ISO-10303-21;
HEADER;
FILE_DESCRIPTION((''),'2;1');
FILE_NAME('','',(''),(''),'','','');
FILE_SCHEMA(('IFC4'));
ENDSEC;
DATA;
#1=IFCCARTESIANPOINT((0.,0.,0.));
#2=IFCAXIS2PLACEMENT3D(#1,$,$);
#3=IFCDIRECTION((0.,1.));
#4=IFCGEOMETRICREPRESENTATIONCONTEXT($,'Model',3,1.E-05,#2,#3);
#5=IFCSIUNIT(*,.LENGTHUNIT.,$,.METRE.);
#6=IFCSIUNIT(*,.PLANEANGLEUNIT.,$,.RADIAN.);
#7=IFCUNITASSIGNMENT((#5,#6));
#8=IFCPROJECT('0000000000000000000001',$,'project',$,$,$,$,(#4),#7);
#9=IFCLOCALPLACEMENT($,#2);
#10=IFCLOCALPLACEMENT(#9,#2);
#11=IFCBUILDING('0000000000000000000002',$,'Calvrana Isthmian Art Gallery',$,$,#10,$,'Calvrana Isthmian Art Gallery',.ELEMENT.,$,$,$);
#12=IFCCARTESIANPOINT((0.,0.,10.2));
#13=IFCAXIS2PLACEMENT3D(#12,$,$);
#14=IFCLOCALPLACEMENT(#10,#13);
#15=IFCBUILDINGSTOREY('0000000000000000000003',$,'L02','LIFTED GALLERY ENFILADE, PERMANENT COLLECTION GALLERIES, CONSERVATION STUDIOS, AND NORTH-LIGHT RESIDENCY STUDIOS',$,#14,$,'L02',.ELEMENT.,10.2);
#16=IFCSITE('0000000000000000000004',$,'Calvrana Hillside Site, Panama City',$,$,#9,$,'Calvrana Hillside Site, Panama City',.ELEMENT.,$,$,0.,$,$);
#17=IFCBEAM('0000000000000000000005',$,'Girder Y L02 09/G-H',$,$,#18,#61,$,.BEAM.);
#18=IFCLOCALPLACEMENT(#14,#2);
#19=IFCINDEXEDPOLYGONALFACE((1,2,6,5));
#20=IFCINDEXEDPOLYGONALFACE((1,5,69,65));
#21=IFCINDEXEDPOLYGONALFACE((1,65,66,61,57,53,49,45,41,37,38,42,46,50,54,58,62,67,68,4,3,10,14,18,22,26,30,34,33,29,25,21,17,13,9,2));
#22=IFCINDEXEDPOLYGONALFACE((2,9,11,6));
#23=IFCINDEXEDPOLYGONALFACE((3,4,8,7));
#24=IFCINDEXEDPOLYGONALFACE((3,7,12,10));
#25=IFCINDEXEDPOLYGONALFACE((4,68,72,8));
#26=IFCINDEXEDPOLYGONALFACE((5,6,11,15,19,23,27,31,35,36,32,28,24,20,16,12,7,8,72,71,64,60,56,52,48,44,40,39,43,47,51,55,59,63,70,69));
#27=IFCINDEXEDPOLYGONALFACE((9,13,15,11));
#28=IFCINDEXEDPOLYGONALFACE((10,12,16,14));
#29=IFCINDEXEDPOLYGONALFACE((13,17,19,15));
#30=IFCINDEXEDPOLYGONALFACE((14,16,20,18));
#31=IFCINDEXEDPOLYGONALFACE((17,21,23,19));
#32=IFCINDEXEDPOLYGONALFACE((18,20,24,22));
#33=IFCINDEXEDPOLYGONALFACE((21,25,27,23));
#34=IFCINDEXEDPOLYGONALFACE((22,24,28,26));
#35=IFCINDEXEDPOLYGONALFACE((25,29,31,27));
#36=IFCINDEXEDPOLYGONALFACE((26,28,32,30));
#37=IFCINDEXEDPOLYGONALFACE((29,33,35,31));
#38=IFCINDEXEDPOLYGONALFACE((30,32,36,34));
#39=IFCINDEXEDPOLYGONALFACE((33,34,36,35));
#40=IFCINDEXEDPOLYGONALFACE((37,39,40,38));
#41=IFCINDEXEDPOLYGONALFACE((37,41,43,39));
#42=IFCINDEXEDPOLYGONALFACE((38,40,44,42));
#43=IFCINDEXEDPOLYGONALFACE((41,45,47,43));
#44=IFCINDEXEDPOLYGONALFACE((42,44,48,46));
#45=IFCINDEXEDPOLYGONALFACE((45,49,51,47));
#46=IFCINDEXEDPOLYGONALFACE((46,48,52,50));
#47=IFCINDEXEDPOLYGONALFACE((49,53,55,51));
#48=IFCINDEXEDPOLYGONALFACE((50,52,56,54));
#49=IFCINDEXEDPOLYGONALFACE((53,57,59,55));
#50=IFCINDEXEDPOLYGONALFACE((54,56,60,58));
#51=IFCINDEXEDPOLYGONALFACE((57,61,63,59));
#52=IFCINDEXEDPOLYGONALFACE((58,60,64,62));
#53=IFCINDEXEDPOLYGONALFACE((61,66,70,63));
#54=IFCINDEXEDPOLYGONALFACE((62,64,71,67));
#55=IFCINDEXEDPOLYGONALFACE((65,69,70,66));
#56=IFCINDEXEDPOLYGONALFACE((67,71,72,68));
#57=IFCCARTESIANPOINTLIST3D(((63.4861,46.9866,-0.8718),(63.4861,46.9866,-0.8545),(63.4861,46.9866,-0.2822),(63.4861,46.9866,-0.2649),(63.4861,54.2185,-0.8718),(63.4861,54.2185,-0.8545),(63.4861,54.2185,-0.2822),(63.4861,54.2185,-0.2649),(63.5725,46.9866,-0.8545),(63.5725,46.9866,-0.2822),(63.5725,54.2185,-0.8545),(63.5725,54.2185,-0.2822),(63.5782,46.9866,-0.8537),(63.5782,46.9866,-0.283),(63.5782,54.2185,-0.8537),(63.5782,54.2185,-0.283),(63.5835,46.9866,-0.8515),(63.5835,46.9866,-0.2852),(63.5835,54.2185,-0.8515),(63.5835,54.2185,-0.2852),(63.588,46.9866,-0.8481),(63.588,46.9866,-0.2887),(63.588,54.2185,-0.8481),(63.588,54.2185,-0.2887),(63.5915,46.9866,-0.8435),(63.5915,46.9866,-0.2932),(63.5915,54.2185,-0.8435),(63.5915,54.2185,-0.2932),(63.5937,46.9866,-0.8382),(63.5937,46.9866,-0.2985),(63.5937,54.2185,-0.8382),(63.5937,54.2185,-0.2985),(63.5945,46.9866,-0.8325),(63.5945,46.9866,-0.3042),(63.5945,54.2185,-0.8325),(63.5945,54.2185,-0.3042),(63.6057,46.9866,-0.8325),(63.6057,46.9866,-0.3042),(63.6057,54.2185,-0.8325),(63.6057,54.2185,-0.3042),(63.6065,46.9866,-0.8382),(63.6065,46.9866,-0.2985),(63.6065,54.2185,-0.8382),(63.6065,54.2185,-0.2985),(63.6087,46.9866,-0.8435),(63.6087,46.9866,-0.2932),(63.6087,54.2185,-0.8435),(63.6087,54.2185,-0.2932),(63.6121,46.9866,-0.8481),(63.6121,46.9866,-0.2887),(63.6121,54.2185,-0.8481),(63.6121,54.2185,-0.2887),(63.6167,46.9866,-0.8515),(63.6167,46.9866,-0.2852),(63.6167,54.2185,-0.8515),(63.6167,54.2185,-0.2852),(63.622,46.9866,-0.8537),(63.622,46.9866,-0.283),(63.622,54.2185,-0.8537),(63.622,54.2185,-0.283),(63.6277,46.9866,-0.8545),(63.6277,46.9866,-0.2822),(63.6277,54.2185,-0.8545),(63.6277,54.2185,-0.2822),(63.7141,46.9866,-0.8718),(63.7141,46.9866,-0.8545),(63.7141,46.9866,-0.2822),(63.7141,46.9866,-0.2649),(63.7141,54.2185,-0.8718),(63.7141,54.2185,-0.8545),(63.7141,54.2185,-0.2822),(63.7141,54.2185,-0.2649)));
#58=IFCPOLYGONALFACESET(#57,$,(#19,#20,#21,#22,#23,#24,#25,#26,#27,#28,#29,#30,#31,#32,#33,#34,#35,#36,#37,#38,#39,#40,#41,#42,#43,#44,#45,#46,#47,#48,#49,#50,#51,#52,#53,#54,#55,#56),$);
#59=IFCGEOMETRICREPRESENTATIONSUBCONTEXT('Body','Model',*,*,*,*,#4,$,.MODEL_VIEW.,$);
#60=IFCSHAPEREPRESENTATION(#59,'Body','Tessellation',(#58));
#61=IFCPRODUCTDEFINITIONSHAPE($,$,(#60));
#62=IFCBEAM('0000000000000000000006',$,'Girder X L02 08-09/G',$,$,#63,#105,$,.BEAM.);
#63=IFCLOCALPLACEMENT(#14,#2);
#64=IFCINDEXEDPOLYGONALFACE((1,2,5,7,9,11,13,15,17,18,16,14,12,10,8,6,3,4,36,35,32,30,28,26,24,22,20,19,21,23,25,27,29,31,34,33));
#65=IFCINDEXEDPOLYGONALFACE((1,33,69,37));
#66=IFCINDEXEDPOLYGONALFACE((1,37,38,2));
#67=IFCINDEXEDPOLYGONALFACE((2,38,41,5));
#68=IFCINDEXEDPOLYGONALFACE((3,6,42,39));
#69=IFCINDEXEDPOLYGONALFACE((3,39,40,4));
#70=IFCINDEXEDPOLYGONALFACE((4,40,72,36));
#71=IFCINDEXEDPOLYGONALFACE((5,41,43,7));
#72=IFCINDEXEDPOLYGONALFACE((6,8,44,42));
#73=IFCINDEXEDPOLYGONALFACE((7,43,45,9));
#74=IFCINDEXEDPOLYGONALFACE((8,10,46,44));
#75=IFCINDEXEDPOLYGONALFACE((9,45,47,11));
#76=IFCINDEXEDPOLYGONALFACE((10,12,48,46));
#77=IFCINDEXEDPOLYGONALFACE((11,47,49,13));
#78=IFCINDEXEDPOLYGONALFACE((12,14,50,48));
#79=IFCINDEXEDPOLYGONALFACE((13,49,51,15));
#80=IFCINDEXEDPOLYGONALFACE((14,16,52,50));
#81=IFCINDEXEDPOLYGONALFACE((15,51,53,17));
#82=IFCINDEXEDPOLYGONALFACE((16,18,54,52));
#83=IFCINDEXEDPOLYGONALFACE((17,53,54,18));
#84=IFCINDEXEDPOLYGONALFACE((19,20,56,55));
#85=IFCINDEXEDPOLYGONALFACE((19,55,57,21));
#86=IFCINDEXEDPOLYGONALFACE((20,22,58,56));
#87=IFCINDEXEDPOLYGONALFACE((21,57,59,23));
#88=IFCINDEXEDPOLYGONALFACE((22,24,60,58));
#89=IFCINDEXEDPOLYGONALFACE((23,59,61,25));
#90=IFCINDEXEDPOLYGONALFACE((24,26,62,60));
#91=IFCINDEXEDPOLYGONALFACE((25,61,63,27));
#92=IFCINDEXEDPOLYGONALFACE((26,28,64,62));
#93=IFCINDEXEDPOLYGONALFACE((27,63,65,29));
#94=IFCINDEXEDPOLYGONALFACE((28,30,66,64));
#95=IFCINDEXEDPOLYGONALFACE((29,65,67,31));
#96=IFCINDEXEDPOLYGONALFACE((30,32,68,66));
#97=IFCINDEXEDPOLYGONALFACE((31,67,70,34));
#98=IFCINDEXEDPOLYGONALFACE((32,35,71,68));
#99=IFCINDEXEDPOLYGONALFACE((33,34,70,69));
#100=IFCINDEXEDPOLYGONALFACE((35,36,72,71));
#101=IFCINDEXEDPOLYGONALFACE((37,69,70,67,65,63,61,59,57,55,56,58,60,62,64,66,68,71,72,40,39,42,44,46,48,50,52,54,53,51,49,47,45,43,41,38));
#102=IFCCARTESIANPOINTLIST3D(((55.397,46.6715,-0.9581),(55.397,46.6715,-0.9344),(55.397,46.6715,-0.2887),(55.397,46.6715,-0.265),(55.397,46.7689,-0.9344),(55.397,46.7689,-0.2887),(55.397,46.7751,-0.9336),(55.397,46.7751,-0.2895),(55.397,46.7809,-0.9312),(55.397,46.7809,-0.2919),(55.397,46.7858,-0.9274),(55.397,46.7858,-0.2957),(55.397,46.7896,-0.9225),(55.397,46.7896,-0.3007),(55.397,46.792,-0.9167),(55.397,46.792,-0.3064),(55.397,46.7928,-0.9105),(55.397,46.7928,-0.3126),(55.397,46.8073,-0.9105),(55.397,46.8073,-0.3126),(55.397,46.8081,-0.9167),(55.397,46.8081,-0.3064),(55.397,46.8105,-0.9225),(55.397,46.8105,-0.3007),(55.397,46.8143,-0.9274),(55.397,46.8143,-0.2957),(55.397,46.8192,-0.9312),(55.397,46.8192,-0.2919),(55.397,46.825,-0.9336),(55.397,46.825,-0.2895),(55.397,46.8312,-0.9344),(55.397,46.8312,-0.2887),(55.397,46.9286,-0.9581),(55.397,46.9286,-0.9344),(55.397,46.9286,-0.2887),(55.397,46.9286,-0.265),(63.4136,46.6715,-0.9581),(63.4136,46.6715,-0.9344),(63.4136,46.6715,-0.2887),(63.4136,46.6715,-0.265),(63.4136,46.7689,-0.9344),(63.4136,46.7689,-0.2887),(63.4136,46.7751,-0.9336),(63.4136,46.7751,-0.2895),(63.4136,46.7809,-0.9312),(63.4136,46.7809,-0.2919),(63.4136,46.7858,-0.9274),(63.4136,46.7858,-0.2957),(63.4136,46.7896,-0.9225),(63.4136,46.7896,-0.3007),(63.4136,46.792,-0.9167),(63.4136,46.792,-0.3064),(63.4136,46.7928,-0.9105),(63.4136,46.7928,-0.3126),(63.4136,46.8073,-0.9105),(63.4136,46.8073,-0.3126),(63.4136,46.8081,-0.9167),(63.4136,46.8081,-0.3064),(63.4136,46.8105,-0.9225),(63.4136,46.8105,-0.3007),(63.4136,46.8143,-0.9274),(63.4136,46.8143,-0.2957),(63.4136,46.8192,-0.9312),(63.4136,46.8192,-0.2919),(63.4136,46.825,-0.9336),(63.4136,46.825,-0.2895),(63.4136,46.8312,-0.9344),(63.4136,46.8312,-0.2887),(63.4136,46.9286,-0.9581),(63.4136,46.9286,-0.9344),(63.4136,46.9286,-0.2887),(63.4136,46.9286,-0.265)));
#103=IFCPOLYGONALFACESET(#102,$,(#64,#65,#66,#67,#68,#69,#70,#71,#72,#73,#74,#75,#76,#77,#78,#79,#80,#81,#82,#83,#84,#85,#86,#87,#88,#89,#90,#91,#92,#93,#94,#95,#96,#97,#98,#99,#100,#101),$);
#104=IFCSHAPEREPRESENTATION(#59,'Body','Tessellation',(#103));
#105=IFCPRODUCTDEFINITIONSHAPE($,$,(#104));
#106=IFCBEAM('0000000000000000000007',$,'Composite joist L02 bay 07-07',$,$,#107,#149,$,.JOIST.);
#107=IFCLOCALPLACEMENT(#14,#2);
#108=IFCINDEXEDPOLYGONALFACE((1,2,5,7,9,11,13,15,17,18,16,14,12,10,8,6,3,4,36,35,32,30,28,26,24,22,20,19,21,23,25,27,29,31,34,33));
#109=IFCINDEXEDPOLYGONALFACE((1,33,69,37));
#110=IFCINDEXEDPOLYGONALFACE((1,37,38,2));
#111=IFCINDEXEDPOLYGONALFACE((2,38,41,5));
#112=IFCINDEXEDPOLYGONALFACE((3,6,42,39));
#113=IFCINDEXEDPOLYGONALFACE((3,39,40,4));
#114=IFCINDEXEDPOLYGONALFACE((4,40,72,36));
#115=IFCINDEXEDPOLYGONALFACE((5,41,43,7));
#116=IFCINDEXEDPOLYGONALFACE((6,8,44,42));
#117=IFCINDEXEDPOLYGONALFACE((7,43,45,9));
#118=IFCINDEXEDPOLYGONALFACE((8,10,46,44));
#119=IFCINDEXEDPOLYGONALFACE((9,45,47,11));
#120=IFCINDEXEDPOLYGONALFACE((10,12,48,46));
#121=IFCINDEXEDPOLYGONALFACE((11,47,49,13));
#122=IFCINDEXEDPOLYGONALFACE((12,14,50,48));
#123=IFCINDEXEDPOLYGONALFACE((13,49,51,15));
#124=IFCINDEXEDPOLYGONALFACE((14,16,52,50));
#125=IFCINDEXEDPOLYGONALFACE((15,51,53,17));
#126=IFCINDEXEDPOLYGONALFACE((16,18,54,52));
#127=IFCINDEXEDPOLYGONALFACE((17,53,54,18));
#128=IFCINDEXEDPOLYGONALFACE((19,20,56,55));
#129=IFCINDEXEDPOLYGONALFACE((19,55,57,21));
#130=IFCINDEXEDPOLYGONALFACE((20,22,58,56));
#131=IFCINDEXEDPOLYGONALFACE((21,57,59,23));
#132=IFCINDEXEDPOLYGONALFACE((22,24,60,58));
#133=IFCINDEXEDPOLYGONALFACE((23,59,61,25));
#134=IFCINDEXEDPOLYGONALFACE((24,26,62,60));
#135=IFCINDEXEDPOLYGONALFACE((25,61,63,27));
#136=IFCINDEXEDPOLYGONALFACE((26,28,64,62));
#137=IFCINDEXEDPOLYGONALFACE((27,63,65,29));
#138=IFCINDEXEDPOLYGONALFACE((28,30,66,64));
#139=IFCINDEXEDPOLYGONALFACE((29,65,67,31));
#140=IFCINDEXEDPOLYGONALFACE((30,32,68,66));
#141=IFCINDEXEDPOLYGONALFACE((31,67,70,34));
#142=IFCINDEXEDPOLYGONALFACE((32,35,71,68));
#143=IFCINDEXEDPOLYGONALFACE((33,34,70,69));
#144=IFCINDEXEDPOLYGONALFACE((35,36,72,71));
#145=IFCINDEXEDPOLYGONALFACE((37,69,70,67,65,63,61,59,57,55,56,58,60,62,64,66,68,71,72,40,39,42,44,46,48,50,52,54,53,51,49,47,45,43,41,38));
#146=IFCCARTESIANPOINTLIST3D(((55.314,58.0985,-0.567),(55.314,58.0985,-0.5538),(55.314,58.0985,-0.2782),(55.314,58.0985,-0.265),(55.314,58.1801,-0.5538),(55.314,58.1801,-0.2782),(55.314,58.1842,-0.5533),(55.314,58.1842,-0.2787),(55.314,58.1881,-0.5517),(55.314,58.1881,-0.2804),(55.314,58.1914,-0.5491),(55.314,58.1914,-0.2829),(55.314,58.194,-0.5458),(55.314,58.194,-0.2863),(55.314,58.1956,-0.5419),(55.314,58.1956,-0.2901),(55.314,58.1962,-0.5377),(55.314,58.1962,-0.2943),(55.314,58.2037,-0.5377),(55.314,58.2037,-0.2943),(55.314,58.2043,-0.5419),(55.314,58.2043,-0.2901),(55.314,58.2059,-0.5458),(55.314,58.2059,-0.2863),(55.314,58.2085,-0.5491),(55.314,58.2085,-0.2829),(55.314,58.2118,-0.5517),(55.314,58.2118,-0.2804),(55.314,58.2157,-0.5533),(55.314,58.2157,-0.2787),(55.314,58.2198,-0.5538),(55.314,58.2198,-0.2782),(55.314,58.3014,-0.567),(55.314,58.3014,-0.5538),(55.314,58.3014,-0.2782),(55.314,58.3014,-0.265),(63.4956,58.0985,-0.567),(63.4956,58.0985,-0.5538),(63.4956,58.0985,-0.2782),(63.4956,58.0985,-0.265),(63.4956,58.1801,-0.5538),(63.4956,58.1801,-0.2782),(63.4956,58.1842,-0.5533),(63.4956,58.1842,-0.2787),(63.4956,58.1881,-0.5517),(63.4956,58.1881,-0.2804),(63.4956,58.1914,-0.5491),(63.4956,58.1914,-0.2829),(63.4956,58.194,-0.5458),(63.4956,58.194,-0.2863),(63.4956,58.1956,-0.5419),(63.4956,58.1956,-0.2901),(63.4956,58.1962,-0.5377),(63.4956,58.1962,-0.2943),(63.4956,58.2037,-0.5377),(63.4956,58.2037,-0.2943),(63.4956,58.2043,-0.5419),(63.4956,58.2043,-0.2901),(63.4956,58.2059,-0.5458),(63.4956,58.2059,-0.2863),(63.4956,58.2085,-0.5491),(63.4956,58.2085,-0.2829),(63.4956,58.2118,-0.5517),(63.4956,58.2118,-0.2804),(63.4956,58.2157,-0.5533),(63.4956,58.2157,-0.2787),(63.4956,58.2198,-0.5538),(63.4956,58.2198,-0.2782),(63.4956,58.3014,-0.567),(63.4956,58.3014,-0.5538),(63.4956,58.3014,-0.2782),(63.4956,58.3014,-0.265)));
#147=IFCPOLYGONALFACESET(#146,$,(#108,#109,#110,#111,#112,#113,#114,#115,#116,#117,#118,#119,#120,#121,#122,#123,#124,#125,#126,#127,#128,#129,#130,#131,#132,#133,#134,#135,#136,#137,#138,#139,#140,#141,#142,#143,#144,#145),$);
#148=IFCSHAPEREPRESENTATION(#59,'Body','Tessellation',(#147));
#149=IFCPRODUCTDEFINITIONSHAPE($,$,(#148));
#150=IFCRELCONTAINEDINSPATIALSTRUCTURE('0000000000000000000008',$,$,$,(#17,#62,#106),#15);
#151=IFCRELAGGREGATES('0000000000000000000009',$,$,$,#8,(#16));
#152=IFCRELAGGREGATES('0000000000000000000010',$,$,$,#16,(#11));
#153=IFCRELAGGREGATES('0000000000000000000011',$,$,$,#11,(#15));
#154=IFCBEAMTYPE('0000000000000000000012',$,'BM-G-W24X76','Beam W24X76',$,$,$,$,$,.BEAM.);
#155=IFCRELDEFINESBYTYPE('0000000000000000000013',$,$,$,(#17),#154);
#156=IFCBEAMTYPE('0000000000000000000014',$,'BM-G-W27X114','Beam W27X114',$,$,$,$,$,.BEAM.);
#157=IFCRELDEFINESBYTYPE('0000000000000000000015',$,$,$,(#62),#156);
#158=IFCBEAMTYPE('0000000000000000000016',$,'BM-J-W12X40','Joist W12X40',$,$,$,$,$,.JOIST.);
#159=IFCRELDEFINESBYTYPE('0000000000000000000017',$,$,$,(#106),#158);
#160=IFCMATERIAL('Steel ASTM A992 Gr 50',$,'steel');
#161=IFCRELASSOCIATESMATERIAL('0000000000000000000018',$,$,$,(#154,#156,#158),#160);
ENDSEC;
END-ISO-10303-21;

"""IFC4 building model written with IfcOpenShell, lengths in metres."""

from ifc_helpers import new_model, si_unit, direction, frame, origin, origin_2d, place, context, subcontext, project, spatial, i_section, extrude, material, material_profile, profile_set, type_object, element, save


model = new_model("IFC4")

# Units and contexts
model_context = context("Model", 3, precision=1e-05, world=origin(), true_north=direction((0.0, 1.0)))
body_context = subcontext(model_context, "Body", "Model", "MODEL_VIEW")
ifc_project = project(units=[si_unit("LENGTHUNIT", "METRE"), si_unit("PLANEANGLEUNIT", "RADIAN")], contexts=[model_context])

# Site, building, storey
site_placement = place(None, origin())
site = spatial("IfcSite", under=ifc_project, at=site_placement, Name="Calvrana Hillside Site, Panama City", LongName="Calvrana Hillside Site, Panama City", CompositionType="ELEMENT", RefElevation=0.0)
building_placement = place(site_placement, origin())
building = spatial("IfcBuilding", under=site, at=building_placement, Name="Calvrana Isthmian Art Gallery", LongName="Calvrana Isthmian Art Gallery", CompositionType="ELEMENT")
storey_placement = place(building_placement, frame((0.0, 0.0, 10.2)))
storey = spatial("IfcBuildingStorey", under=building, at=storey_placement, Name="L02", Description="LIFTED GALLERY ENFILADE, PERMANENT COLLECTION GALLERIES, CONSERVATION STUDIOS, AND NORTH-LIGHT RESIDENCY STUDIOS", LongName="L02", CompositionType="ELEMENT", Elevation=10.2)

# Shared definitions
ifc_material_1 = material(Name="Steel ASTM A992 Gr 50", Category="steel")

# Beams
ifc_material_profile_1 = material_profile(ifc_material_1, i_section(OverallWidth=0.228, OverallDepth=0.6069, WebThickness=0.0112, FlangeThickness=0.0173, FilletRadius=0.022, at=origin_2d()), Name="W24X76")
ifc_profile_set_1 = profile_set([ifc_material_profile_1], Name="Steel ASTM A992 Gr 50")
beam_type_1 = type_object("IfcBeamType", Name="BM-G-W24X76", Description="Beam W24X76", PredefinedType="BEAM", material=ifc_profile_set_1)
beam_1_placement = place(storey_placement, frame((63.6001, 46.9866, -0.5684), z_axis=(0.0, 1.0, 0.0), x_axis=(-1.0, 0.0, 0.0)))
element("IfcBeam", 1, at=beam_1_placement, inside=storey, type_object=beam_type_1, Name="Girder Y L02 09/G-H", PredefinedType="BEAM", context=body_context, shape_type="SweptSolid", body=[
    extrude(i_section(OverallWidth=0.228, OverallDepth=0.6069, WebThickness=0.0112, FlangeThickness=0.0173, FilletRadius=0.022, at=origin_2d()), origin(), (0.0, 0.0, 1.0), 7.2319),
])
ifc_material_profile_2 = material_profile(ifc_material_1, i_section(OverallWidth=0.2571, OverallDepth=0.6931, WebThickness=0.0144, FlangeThickness=0.0237, FilletRadius=0.0239, at=origin_2d()), Name="W27X114")
ifc_profile_set_2 = profile_set([ifc_material_profile_2], Name="Steel ASTM A992 Gr 50")
beam_type_2 = type_object("IfcBeamType", Name="BM-G-W27X114", Description="Beam W27X114", PredefinedType="BEAM", material=ifc_profile_set_2)
beam_2_placement = place(storey_placement, frame((55.397, 46.8, -0.6116), z_axis=(1.0, 0.0, 0.0), x_axis=(0.0, 1.0, 0.0)))
element("IfcBeam", 2, at=beam_2_placement, inside=storey, type_object=beam_type_2, Name="Girder X L02 08-09/G", PredefinedType="BEAM", context=body_context, shape_type="SweptSolid", body=[
    extrude(i_section(OverallWidth=0.2571, OverallDepth=0.6931, WebThickness=0.0144, FlangeThickness=0.0237, FilletRadius=0.0239, at=origin_2d()), origin(), (0.0, 0.0, 1.0), 8.0166),
])
ifc_material_profile_3 = material_profile(ifc_material_1, i_section(OverallWidth=0.2029, OverallDepth=0.302, WebThickness=0.0076, FlangeThickness=0.0132, FilletRadius=0.0161, at=origin_2d()), Name="W12X40")
ifc_profile_set_3 = profile_set([ifc_material_profile_3], Name="Steel ASTM A992 Gr 50")
beam_type_3 = type_object("IfcBeamType", Name="BM-J-W12X40", Description="Joist W12X40", PredefinedType="JOIST", material=ifc_profile_set_3)
beam_3_placement = place(storey_placement, frame((55.314, 58.2, -0.416), z_axis=(1.0, 0.0, 0.0), x_axis=(0.0, 1.0, 0.0)))
element("IfcBeam", 3, at=beam_3_placement, inside=storey, type_object=beam_type_3, Name="Composite joist L02 bay 07-07", PredefinedType="JOIST", context=body_context, shape_type="SweptSolid", body=[
    extrude(i_section(OverallWidth=0.2029, OverallDepth=0.302, WebThickness=0.0076, FlangeThickness=0.0132, FilletRadius=0.0161, at=origin_2d()), origin(), (0.0, 0.0, 1.0), 8.1816),
])

save(model, "model.ifc")
